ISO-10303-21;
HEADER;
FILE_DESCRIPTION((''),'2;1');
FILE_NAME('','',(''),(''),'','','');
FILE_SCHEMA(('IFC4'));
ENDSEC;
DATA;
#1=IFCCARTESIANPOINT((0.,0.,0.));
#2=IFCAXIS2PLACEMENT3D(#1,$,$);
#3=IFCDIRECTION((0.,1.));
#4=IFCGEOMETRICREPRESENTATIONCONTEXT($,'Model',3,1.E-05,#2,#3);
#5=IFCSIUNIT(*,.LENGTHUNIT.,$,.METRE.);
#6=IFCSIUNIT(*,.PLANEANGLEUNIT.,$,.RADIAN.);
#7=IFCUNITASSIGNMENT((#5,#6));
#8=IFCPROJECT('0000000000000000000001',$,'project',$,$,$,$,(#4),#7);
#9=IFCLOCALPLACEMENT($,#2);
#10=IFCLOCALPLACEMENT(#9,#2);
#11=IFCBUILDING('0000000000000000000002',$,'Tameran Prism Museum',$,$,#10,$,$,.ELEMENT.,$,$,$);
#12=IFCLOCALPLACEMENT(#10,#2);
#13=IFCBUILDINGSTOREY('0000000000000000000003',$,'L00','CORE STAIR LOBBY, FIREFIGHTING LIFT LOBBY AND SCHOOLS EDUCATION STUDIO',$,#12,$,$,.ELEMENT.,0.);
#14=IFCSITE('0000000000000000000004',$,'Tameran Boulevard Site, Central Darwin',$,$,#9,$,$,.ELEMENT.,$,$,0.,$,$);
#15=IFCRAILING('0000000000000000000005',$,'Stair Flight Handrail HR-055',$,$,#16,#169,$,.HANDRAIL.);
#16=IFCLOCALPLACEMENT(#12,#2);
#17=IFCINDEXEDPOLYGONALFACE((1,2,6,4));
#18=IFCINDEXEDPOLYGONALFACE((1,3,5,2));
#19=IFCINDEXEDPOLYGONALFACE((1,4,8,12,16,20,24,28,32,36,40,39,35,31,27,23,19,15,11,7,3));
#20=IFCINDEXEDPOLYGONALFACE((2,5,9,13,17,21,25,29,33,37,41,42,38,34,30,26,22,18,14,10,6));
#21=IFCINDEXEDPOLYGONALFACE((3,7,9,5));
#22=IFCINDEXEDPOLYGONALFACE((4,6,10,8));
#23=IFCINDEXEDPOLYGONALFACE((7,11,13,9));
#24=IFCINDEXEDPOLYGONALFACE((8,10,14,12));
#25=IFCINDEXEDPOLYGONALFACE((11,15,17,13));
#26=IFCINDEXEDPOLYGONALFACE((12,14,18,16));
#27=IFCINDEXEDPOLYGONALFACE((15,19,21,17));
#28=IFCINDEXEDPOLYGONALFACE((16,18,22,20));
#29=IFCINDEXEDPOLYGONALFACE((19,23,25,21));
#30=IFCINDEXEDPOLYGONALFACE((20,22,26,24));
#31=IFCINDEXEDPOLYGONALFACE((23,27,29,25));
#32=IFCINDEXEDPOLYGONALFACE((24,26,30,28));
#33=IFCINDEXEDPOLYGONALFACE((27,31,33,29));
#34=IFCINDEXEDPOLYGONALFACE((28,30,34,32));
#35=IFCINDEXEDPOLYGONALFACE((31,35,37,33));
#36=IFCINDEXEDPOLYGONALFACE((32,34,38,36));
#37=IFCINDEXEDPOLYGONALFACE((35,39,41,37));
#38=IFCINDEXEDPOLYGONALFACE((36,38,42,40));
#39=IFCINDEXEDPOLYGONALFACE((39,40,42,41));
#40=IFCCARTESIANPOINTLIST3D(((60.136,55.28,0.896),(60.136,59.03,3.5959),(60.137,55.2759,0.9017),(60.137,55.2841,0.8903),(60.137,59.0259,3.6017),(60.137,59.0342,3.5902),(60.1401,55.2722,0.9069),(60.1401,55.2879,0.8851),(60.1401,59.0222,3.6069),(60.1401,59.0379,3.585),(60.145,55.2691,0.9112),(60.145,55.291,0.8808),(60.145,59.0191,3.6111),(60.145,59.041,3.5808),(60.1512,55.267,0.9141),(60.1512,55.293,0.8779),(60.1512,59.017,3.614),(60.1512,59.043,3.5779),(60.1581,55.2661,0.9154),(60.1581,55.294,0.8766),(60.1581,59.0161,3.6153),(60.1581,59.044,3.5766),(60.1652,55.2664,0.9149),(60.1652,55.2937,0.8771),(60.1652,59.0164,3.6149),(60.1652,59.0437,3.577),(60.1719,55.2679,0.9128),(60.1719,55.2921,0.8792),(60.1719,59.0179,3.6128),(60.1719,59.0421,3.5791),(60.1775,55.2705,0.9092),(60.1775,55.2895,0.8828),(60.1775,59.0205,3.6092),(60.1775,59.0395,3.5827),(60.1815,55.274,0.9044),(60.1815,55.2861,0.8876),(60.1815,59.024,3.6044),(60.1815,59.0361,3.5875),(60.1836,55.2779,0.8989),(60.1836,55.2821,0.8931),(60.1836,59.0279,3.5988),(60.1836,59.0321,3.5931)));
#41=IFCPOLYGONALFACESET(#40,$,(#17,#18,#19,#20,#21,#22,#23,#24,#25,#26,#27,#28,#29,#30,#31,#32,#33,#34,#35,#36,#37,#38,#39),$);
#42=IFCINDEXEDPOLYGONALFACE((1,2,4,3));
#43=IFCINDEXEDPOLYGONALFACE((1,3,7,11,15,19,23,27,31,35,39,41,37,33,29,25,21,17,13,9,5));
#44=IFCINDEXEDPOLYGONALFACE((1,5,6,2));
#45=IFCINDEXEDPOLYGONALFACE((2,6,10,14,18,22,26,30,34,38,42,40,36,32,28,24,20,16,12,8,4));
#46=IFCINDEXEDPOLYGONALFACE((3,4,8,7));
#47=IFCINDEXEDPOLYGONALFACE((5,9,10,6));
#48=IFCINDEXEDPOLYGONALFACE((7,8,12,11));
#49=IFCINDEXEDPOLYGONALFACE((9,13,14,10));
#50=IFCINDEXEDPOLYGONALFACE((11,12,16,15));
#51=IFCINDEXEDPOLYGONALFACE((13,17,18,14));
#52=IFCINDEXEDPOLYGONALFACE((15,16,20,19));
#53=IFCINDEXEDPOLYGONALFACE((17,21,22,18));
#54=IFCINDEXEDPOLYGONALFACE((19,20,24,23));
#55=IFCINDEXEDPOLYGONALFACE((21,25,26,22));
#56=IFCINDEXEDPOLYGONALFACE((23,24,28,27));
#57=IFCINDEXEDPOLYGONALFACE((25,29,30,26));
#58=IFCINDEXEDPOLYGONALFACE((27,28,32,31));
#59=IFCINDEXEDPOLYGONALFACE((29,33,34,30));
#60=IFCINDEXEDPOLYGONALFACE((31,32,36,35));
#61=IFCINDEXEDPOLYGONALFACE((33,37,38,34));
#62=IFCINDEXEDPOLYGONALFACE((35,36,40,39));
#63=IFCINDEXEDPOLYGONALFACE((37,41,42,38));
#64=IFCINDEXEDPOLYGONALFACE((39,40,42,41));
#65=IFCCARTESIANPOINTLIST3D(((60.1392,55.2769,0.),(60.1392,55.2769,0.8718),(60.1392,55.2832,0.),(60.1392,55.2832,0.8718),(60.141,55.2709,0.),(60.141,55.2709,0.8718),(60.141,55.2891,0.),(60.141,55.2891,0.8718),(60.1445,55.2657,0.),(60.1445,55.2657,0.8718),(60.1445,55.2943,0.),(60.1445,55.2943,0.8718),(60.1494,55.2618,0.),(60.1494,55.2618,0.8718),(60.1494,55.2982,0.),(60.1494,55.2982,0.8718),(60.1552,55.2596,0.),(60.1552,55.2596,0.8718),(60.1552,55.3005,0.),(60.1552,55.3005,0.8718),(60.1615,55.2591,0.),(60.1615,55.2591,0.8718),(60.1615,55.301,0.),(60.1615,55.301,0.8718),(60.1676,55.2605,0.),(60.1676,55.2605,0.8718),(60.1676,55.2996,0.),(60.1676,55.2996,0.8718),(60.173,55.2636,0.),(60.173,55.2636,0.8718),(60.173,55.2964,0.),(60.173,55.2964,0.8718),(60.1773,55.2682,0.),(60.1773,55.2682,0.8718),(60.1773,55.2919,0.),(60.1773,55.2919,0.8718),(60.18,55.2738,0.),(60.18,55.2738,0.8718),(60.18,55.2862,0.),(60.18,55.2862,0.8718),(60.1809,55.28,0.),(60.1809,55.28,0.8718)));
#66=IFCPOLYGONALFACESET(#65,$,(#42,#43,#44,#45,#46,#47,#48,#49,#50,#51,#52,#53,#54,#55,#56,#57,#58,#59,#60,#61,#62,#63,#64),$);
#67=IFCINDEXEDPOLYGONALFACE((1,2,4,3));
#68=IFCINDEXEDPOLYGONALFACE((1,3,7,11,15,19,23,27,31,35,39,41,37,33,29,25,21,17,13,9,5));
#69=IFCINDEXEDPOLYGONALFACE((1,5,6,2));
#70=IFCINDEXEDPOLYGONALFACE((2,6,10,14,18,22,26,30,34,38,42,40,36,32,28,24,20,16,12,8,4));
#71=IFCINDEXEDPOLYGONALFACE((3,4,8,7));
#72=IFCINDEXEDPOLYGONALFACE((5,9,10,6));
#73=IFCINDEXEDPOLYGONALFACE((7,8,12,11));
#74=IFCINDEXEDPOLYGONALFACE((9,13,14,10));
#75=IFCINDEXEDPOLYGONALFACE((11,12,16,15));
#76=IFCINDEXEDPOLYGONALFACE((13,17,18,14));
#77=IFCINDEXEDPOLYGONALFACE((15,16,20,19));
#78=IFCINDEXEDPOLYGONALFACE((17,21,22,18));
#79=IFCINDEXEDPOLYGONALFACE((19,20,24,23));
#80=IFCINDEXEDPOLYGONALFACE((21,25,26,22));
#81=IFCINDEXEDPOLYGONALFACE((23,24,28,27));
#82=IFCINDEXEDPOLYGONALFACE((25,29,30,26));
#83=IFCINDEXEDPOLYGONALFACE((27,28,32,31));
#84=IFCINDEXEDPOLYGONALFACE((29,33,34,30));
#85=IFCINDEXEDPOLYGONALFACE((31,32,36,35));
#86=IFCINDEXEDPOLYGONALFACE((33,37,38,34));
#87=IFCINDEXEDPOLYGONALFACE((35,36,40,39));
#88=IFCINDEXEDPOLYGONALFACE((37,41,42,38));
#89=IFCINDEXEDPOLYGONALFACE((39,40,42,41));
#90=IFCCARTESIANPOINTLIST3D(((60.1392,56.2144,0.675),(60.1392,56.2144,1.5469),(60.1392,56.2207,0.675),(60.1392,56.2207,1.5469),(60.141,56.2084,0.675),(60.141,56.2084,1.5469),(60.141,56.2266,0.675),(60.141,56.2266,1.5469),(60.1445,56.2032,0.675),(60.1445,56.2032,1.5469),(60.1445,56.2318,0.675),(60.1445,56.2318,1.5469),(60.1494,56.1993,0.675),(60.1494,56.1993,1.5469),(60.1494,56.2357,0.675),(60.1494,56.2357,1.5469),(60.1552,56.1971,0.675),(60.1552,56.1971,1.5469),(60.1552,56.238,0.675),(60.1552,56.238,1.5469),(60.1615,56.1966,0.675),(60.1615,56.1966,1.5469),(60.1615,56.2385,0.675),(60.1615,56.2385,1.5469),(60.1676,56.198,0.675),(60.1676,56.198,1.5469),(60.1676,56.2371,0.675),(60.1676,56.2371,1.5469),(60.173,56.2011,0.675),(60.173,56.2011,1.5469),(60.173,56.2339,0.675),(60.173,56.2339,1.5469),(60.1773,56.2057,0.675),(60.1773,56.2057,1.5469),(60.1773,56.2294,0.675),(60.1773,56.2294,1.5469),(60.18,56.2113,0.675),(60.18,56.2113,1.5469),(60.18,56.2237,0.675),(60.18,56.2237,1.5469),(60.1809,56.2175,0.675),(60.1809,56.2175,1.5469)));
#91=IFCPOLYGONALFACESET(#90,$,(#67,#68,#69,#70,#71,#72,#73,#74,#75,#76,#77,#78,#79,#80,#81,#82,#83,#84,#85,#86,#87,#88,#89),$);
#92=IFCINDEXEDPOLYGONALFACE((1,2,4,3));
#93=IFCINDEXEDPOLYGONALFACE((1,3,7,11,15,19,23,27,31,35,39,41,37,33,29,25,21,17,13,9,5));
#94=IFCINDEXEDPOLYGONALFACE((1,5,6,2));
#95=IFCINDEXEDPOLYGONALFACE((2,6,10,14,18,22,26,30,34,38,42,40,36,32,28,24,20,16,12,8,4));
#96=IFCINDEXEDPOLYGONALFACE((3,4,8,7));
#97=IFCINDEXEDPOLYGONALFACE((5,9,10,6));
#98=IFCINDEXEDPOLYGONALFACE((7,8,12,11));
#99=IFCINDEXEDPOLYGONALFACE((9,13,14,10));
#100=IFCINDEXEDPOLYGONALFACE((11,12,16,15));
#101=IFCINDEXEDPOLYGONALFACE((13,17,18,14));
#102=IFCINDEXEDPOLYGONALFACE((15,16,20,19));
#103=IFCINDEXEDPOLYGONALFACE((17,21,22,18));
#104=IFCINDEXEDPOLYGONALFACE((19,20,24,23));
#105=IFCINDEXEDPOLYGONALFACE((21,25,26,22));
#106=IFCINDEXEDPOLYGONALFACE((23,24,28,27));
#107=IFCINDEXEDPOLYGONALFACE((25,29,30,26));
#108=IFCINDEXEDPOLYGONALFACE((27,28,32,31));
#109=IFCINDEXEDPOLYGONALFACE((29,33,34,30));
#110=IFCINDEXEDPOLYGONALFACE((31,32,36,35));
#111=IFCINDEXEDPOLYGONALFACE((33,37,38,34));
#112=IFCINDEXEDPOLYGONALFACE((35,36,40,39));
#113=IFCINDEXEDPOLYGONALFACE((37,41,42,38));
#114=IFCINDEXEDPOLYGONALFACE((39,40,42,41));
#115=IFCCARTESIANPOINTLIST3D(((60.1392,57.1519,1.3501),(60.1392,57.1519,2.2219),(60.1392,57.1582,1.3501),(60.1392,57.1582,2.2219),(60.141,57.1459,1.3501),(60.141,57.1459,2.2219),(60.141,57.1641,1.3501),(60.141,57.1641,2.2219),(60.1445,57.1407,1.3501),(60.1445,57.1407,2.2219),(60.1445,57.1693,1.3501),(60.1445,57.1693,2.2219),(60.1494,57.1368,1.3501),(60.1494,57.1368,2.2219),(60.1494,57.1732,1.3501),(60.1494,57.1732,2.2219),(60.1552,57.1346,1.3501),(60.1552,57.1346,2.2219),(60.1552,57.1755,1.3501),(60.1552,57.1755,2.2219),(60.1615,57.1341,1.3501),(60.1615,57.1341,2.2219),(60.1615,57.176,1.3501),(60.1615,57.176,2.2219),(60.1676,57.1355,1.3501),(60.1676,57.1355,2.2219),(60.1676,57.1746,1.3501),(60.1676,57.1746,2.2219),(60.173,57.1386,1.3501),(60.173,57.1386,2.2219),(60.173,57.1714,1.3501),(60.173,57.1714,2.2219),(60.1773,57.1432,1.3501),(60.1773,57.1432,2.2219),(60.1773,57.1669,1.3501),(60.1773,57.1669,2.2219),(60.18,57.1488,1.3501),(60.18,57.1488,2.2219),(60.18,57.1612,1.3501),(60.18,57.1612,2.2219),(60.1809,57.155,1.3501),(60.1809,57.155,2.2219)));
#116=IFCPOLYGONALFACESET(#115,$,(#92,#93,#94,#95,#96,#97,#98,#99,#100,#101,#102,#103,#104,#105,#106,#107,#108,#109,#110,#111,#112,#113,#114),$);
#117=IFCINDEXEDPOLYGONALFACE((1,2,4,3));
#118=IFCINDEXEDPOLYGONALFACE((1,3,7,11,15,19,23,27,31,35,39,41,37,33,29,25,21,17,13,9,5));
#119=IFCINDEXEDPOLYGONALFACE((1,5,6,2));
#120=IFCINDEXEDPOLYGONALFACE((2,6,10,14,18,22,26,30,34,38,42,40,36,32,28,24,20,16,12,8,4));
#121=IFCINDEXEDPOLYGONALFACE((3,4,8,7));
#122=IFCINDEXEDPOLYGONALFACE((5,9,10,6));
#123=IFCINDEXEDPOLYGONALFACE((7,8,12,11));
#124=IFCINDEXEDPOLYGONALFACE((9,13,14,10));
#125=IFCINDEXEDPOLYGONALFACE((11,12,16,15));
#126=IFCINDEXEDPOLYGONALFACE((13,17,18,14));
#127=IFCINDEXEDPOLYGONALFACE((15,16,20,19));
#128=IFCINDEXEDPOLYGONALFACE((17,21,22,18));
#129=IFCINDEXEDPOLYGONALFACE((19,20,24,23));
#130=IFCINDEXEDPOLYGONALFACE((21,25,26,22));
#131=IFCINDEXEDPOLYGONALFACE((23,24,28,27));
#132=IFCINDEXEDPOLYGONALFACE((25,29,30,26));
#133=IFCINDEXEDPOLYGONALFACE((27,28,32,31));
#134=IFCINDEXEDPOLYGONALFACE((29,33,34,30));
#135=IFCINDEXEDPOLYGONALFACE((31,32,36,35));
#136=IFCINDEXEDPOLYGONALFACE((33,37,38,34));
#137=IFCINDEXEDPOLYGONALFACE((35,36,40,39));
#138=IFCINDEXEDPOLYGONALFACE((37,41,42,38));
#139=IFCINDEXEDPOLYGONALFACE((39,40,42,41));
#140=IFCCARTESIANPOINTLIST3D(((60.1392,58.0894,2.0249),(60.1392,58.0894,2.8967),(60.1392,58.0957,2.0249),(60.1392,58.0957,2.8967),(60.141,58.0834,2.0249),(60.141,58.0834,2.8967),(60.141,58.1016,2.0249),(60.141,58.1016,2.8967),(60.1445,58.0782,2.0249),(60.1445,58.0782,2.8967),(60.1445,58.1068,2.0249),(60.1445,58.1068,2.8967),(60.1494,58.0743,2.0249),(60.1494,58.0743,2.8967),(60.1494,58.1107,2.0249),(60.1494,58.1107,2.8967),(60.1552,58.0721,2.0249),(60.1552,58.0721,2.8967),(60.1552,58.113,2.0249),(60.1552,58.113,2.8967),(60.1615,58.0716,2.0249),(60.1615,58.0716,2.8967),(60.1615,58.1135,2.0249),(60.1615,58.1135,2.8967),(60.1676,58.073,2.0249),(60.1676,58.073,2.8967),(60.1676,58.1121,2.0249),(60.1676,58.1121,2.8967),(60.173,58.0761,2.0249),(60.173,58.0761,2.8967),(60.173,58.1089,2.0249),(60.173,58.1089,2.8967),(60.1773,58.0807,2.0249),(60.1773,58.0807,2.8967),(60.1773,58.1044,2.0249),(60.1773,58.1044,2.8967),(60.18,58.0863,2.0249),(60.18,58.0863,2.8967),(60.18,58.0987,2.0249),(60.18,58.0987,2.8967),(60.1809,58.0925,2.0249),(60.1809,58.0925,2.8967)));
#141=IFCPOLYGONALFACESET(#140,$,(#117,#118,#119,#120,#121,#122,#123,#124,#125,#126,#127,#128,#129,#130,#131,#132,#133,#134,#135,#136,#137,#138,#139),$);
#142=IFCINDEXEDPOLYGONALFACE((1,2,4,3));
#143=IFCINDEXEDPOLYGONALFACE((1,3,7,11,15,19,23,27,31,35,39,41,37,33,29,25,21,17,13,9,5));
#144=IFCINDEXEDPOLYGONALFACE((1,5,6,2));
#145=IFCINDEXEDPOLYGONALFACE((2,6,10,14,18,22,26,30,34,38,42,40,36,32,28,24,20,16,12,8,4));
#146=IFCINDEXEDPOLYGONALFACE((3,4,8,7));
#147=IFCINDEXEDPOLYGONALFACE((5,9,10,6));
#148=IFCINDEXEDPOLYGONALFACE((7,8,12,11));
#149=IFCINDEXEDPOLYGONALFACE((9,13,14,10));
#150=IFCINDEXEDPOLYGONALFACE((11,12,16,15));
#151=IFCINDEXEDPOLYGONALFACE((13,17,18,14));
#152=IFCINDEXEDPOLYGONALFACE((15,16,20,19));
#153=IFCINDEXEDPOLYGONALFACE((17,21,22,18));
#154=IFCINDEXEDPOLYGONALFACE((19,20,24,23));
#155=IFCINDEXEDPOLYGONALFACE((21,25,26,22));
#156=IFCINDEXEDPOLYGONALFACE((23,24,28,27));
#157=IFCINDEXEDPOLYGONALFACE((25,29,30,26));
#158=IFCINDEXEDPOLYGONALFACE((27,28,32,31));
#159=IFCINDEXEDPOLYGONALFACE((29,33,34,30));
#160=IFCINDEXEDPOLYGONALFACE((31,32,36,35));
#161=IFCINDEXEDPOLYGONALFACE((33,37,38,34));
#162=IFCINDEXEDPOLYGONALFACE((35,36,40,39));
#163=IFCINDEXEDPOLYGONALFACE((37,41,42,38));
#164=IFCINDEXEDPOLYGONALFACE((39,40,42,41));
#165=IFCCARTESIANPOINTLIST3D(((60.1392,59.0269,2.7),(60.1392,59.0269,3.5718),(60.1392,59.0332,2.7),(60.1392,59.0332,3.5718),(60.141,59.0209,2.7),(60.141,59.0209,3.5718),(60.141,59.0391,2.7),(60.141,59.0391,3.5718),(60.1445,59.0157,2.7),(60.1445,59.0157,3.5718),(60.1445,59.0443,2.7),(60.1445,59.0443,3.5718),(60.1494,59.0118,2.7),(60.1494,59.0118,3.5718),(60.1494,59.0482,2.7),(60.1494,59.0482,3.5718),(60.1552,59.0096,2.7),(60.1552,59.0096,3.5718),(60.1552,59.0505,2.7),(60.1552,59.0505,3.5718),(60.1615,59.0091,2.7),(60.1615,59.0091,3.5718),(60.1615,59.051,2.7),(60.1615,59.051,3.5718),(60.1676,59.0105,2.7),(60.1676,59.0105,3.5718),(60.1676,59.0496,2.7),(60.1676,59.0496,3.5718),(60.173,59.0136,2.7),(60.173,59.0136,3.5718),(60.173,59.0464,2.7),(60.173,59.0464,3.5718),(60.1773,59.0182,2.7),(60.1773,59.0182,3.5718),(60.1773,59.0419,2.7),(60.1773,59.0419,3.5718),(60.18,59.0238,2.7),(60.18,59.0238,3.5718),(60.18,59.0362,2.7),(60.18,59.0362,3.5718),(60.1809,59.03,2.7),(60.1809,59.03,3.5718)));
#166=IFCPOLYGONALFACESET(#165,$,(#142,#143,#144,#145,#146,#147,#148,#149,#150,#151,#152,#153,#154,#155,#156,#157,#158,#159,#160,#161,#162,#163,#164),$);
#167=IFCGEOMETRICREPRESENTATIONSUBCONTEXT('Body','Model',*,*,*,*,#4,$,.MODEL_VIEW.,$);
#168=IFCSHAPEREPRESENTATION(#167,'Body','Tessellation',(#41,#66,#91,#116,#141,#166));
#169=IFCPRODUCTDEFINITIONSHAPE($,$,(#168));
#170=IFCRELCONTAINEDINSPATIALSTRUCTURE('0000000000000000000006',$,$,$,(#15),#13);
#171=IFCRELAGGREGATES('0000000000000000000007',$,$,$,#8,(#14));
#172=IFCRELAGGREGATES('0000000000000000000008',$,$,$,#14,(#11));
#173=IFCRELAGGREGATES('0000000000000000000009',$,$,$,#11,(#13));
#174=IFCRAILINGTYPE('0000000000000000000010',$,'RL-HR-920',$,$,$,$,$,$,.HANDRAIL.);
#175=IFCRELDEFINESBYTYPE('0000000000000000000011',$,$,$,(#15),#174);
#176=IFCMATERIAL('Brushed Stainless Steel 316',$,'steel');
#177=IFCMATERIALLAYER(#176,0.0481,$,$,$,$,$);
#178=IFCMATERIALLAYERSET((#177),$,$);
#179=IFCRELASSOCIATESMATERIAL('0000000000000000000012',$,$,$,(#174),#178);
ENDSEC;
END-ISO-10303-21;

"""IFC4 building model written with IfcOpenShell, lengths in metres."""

from ifc_helpers import new_model, si_unit, direction, frame, origin, origin_2d, place, context, subcontext, project, spatial, circle, extrude, material, layer, layer_set, type_object, element, save


model = new_model("IFC4")

# Units and contexts
model_context = context("Model", 3, precision=1e-05, world=origin(), true_north=direction((0.0, 1.0)))
body_context = subcontext(model_context, "Body", "Model", "MODEL_VIEW")
ifc_project = project(units=[si_unit("LENGTHUNIT", "METRE"), si_unit("PLANEANGLEUNIT", "RADIAN")], contexts=[model_context])

# Site, building, storey
site_placement = place(None, origin())
site = spatial("IfcSite", under=ifc_project, at=site_placement, Name="Tameran Boulevard Site, Central Darwin", CompositionType="ELEMENT", RefElevation=0.0)
building_placement = place(site_placement, origin())
building = spatial("IfcBuilding", under=site, at=building_placement, Name="Tameran Prism Museum", CompositionType="ELEMENT")
storey_placement = place(building_placement, origin())
storey = spatial("IfcBuildingStorey", under=building, at=storey_placement, Name="L00", Description="CORE STAIR LOBBY, FIREFIGHTING LIFT LOBBY AND SCHOOLS EDUCATION STUDIO", CompositionType="ELEMENT", Elevation=0.0)

# Railing
ifc_material_1 = material(Name="Brushed Stainless Steel 316", Category="steel")
ifc_layer_1 = layer(ifc_material_1, 0.0481)
ifc_layer_set_1 = layer_set([ifc_layer_1])
railing_type_1 = type_object("IfcRailingType", Name="RL-HR-920", PredefinedType="HANDRAIL", material=ifc_layer_set_1)
railing_1_placement = place(storey_placement, frame((60.1599, 55.28, 0.0)))
element("IfcRailing", 1, at=railing_1_placement, inside=storey, type_object=railing_type_1, Name="Stair Flight Handrail HR-055", PredefinedType="HANDRAIL", context=body_context, shape_type="SweptSolid", body=[
    extrude(circle(Radius=0.0239, at=origin_2d()), frame((0.0, 0.0, 0.896), z_axis=(0.0, 0.811539, 0.584298), x_axis=(-1.0, 0.0, 0.0)), (0.0, 0.0, 1.0), 4.6208),
    extrude(circle(Radius=0.021, at=origin_2d()), origin(), (0.0, 0.0, 1.0), 0.8718),
    extrude(circle(Radius=0.021, at=origin_2d()), frame((0.0, 0.9375, 0.675)), (0.0, 0.0, 1.0), 0.8718),
    extrude(circle(Radius=0.021, at=origin_2d()), frame((0.0, 1.875, 1.3501)), (0.0, 0.0, 1.0), 0.8718),
    extrude(circle(Radius=0.021, at=origin_2d()), frame((0.0, 2.8125, 2.0249)), (0.0, 0.0, 1.0), 0.8718),
    extrude(circle(Radius=0.021, at=origin_2d()), frame((0.0, 3.75, 2.7)), (0.0, 0.0, 1.0), 0.8718),
])

save(model, "model.ifc")
